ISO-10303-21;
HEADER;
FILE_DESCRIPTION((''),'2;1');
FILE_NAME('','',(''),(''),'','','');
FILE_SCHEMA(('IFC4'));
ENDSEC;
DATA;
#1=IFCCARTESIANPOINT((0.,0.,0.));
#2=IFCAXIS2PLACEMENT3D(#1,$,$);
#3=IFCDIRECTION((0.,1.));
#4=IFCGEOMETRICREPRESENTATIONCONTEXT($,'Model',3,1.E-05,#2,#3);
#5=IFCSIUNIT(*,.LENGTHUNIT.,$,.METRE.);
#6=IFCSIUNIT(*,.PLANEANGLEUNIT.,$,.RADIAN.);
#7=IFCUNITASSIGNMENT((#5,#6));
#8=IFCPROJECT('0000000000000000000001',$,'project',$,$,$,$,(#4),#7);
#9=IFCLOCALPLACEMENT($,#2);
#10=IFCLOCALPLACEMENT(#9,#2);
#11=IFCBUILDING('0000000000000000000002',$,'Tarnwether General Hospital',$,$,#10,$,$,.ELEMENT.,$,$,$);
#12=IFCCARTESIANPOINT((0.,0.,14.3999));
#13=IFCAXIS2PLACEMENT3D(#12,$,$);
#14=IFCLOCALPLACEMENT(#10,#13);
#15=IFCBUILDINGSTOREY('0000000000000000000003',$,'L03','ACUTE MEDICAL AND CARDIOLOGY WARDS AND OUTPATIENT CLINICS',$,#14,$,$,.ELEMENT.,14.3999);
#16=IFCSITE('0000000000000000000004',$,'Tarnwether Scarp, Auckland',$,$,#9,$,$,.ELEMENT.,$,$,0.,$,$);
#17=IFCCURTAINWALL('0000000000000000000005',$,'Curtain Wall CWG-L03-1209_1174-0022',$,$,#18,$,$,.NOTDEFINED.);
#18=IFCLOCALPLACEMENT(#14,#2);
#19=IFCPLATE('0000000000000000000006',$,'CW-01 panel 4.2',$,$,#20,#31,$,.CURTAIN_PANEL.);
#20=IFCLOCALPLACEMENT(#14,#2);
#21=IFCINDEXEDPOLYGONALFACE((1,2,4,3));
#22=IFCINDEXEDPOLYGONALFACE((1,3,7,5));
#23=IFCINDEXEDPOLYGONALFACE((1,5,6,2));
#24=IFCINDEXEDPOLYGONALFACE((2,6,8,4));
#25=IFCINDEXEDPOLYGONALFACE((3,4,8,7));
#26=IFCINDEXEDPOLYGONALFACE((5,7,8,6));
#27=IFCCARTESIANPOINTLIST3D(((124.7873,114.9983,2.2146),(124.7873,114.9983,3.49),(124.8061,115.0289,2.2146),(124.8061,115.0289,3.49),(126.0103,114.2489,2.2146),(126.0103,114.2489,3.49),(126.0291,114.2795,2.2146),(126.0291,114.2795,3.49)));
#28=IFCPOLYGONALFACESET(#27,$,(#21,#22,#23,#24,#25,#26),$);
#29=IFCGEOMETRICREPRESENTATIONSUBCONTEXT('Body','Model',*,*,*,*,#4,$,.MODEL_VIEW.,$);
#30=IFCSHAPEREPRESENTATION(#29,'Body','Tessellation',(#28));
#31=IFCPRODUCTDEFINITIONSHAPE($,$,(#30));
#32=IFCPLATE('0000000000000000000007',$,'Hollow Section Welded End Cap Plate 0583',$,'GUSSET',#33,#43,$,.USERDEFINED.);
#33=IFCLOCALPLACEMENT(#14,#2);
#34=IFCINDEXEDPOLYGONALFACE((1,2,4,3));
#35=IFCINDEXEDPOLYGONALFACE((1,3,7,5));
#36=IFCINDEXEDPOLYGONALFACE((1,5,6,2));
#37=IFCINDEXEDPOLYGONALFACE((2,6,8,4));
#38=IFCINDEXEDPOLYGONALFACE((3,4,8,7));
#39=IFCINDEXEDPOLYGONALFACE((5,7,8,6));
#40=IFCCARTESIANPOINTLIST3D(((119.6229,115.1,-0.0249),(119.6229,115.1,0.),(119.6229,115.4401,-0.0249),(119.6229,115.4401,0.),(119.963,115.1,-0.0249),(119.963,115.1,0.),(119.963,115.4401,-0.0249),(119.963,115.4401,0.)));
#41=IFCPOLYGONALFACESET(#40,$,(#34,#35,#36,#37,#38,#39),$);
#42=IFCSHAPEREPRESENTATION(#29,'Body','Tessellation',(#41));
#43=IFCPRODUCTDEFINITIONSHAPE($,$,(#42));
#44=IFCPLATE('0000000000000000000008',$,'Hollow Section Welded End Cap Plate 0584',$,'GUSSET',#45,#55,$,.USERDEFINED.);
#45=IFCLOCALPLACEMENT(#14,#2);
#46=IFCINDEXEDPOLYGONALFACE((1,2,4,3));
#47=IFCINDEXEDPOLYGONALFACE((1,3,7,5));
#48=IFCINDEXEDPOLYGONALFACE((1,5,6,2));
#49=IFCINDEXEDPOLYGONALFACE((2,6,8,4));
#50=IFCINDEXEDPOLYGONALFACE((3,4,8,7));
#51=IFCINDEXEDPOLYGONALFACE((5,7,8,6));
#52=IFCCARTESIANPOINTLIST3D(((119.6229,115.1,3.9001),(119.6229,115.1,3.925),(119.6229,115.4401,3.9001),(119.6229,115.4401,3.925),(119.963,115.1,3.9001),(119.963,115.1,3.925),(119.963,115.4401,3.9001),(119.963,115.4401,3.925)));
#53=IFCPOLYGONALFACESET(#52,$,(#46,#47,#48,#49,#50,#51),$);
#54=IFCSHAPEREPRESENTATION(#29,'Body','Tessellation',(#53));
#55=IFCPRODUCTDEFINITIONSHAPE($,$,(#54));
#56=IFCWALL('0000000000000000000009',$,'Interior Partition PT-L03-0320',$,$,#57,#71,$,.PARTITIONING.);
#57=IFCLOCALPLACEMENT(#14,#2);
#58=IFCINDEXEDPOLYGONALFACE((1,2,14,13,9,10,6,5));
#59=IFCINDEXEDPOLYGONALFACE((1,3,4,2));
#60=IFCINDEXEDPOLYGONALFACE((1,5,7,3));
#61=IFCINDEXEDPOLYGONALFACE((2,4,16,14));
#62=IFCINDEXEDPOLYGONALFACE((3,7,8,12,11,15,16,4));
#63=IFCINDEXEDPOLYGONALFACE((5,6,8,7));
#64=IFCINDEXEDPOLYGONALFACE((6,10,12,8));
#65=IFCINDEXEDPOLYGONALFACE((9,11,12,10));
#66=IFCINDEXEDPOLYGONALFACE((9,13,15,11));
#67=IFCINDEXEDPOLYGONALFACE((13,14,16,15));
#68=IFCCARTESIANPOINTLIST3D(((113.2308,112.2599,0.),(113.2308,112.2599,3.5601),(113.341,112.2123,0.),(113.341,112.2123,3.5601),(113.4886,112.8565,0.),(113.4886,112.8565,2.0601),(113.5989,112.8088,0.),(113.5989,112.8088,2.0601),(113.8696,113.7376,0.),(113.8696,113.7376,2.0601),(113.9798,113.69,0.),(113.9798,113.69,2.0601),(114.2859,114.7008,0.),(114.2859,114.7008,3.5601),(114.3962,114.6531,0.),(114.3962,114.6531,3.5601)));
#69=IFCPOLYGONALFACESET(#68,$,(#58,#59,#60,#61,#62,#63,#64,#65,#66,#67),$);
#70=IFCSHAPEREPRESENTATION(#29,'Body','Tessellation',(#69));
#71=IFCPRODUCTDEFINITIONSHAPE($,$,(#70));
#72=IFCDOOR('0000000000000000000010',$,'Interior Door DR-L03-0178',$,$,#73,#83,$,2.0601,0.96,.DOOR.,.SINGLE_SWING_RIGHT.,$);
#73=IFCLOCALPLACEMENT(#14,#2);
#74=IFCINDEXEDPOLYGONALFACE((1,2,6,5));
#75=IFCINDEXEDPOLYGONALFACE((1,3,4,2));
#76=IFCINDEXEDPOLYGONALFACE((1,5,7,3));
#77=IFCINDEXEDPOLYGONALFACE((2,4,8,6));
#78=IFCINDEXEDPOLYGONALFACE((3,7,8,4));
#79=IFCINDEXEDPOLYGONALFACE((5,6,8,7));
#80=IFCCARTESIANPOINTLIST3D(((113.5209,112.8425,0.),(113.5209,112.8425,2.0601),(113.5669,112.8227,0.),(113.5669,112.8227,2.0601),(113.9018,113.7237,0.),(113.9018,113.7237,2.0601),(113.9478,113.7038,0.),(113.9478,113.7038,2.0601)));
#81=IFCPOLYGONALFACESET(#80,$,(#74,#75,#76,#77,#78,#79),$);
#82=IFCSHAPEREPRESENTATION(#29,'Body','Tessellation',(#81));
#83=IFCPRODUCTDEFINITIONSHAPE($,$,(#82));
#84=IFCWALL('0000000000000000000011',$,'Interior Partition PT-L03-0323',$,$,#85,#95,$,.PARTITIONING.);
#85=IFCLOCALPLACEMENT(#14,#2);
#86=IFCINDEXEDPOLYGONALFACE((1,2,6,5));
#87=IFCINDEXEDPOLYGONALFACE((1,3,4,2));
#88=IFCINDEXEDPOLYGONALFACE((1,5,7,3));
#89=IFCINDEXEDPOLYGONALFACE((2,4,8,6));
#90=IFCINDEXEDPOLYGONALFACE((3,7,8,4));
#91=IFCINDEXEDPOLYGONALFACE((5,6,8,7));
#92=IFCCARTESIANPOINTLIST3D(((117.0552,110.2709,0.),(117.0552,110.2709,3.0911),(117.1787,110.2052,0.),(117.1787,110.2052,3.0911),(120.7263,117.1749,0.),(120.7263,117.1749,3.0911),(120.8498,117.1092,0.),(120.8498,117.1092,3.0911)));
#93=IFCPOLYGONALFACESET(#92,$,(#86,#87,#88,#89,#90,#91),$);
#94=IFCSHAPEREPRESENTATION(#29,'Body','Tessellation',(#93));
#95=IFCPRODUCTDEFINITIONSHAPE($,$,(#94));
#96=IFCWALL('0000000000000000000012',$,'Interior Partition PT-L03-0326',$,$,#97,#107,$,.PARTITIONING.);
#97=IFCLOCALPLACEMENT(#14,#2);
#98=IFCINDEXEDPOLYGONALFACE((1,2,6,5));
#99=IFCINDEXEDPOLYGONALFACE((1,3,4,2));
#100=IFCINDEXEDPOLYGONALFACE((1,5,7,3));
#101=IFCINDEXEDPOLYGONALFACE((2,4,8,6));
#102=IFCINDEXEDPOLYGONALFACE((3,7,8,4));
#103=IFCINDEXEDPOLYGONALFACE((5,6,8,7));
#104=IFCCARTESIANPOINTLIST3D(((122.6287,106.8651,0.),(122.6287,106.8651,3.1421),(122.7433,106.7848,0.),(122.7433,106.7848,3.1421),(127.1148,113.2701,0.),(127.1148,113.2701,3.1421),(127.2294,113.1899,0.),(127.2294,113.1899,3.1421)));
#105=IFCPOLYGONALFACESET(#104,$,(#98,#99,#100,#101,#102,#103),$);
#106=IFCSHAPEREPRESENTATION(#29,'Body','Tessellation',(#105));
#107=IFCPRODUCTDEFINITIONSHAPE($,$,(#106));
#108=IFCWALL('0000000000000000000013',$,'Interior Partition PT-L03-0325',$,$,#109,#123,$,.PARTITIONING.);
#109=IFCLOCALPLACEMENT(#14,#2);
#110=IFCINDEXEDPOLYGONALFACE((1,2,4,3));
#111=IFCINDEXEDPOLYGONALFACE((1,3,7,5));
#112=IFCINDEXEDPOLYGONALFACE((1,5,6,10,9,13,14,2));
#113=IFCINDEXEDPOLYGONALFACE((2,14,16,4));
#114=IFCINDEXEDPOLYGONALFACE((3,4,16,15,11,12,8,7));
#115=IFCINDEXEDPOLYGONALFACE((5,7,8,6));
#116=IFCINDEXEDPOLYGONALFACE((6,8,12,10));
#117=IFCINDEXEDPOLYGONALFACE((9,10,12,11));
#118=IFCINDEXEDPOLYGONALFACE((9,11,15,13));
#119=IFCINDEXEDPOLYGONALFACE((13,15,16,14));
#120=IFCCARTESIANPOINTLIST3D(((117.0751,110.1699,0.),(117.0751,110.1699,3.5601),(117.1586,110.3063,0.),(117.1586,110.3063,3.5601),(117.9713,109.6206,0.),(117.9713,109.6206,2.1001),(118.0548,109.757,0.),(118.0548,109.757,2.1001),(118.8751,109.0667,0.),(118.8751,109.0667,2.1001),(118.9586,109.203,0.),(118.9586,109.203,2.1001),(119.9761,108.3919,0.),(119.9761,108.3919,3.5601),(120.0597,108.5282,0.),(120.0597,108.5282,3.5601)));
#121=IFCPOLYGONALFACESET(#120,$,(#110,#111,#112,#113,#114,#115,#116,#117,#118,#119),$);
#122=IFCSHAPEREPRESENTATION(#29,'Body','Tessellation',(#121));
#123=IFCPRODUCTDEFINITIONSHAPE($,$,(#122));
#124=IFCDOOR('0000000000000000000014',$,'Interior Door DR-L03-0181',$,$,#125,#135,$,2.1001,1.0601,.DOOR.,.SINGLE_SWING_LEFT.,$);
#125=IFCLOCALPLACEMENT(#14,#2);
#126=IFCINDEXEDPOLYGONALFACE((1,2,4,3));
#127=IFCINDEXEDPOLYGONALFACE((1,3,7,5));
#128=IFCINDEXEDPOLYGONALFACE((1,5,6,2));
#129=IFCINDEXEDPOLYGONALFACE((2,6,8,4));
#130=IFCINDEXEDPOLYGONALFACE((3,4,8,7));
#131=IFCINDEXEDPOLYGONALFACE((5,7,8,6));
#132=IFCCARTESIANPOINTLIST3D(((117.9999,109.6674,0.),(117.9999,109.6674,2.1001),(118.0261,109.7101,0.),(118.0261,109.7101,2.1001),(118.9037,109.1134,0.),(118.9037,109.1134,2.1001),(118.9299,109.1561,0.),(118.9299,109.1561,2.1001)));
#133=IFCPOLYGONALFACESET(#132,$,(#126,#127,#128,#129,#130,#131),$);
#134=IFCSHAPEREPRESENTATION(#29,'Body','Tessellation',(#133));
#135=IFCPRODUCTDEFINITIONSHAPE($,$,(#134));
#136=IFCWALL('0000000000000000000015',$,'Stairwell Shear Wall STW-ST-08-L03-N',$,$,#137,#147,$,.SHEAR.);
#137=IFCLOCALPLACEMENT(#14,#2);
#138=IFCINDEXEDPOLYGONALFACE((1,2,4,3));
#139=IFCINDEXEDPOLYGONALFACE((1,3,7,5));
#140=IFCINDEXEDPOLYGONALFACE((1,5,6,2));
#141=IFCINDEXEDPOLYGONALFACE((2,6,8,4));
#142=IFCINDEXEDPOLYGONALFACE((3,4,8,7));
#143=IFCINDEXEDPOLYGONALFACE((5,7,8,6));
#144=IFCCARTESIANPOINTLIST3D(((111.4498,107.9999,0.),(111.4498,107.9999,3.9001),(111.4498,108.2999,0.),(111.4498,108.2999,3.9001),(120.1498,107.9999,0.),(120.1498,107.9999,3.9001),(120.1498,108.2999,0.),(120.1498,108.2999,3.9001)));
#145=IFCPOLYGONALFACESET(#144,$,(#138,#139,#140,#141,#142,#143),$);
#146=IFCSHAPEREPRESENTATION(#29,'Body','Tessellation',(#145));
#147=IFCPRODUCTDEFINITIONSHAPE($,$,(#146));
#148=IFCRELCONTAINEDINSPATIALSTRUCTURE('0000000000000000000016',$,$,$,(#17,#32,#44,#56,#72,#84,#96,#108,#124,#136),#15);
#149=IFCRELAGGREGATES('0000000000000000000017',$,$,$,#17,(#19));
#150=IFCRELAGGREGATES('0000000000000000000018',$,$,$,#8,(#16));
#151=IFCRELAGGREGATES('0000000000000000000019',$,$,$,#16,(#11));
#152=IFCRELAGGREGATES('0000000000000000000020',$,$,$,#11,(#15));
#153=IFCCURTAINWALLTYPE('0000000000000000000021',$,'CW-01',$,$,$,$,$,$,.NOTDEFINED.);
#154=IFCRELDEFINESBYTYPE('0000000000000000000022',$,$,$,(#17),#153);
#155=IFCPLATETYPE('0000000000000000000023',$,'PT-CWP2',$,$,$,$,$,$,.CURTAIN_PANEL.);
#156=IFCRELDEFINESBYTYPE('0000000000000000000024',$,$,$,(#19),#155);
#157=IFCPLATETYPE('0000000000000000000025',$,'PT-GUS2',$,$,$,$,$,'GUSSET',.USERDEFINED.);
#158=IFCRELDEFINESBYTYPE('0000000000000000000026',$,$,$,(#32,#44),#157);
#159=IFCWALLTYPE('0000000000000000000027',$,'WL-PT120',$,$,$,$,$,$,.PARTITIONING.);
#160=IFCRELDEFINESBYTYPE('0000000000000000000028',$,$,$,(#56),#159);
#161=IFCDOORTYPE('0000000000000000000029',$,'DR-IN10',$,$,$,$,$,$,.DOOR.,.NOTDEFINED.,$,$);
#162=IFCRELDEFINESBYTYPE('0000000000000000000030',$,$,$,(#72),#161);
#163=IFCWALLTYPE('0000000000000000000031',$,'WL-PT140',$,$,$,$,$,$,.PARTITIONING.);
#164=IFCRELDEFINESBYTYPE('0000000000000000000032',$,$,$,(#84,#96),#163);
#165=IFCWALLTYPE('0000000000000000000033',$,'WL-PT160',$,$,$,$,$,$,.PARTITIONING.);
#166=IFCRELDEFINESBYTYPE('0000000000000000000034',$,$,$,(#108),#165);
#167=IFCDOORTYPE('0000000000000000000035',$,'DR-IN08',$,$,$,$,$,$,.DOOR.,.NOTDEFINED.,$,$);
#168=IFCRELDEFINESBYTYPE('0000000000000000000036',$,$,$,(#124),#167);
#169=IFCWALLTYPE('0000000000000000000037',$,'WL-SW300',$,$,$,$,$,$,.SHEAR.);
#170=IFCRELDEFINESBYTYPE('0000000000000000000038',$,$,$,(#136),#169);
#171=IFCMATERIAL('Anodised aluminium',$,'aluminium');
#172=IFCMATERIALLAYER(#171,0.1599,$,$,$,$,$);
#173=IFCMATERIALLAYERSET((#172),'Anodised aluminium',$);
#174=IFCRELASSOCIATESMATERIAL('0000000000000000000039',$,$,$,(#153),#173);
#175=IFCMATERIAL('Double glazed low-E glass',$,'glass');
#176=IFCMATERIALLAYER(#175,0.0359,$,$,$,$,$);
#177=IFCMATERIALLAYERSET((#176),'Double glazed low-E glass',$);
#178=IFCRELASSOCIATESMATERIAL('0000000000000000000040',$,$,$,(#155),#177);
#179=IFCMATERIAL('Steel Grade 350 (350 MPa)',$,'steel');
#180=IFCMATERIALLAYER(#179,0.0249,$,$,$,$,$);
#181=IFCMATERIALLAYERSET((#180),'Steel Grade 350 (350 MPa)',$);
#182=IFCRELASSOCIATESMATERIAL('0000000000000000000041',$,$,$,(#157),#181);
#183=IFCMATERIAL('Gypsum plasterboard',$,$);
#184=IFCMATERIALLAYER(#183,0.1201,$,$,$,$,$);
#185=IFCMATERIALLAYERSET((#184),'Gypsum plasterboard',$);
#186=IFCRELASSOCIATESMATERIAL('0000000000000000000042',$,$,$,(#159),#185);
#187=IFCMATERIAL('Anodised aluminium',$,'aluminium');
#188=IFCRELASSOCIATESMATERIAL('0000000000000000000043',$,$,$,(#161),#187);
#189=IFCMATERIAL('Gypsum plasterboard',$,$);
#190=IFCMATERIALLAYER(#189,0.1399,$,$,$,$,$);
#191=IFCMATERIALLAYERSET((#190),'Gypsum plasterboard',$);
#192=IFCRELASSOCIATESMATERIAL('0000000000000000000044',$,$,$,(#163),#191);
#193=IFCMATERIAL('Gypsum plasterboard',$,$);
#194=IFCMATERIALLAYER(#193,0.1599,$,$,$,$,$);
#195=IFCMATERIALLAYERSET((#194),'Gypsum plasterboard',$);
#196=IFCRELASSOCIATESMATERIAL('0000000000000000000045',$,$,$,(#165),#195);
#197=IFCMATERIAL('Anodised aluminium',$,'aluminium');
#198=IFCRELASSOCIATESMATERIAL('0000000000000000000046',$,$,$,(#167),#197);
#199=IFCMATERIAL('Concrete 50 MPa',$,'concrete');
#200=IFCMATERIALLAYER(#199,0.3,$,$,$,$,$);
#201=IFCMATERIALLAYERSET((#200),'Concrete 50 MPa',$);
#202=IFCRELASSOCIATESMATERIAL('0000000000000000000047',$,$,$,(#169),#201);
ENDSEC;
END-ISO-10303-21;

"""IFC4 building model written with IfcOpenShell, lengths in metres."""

from ifc_helpers import new_model, si_unit, direction, frame, frame_2d, origin, origin_2d, place, context, subcontext, project, spatial, rectangle, extrude, material, layer, layer_set, type_object, element, fill, aggregate, save


model = new_model("IFC4")

# Units and contexts
model_context = context("Model", 3, precision=1e-05, world=origin(), true_north=direction((0.0, 1.0)))
body_context = subcontext(model_context, "Body", "Model", "MODEL_VIEW")
ifc_project = project(units=[si_unit("LENGTHUNIT", "METRE"), si_unit("PLANEANGLEUNIT", "RADIAN")], contexts=[model_context])

# Site, building, storey
site_placement = place(None, origin())
site = spatial("IfcSite", under=ifc_project, at=site_placement, Name="Tarnwether Scarp, Auckland", CompositionType="ELEMENT", RefElevation=0.0)
building_placement = place(site_placement, origin())
building = spatial("IfcBuilding", under=site, at=building_placement, Name="Tarnwether General Hospital", CompositionType="ELEMENT")
storey_placement = place(building_placement, frame((0.0, 0.0, 14.3999)))
storey = spatial("IfcBuildingStorey", under=building, at=storey_placement, Name="L03", Description="ACUTE MEDICAL AND CARDIOLOGY WARDS AND OUTPATIENT CLINICS", CompositionType="ELEMENT", Elevation=14.3999)

# Curtain wall, plate
ifc_material_1 = material(Name="Anodised aluminium", Category="aluminium")
ifc_layer_1 = layer(ifc_material_1, 0.1599)
ifc_layer_set_1 = layer_set([ifc_layer_1], Name="Anodised aluminium")
curtain_wall_type = type_object("IfcCurtainWallType", Name="CW-01", PredefinedType="NOTDEFINED", material=ifc_layer_set_1)
curtain_wall_placement = place(storey_placement, origin())
curtain_wall = element("IfcCurtainWall", 1, at=curtain_wall_placement, inside=storey, type_object=curtain_wall_type, Name="Curtain Wall CWG-L03-1209_1174-0022", PredefinedType="NOTDEFINED")
ifc_material_2 = material(Name="Double glazed low-E glass", Category="glass")
ifc_layer_2 = layer(ifc_material_2, 0.0359)
ifc_layer_set_2 = layer_set([ifc_layer_2], Name="Double glazed low-E glass")
plate_type_1 = type_object("IfcPlateType", Name="PT-CWP2", PredefinedType="CURTAIN_PANEL", material=ifc_layer_set_2)
plate_1_placement = place(storey_placement, frame((125.4082, 114.6389, 2.2146), z_axis=(0.0, 0.0, 1.0), x_axis=(0.852634, -0.522509, 0.0)))
plate_1 = element("IfcPlate", 2, at=plate_1_placement, type_object=plate_type_1, Name="CW-01 panel 4.2", PredefinedType="CURTAIN_PANEL", context=body_context, shape_type="SweptSolid", body=[
    extrude(rectangle(XDim=1.4343, YDim=0.0359, at=origin_2d()), origin(), (0.0, 0.0, 1.0), 1.2754),
])
aggregate(curtain_wall, [plate_1])

# Plates
ifc_material_3 = material(Name="Steel Grade 350 (350 MPa)", Category="steel")
ifc_layer_3 = layer(ifc_material_3, 0.0249)
ifc_layer_set_3 = layer_set([ifc_layer_3], Name="Steel Grade 350 (350 MPa)")
plate_type_2 = type_object("IfcPlateType", Name="PT-GUS2", ElementType="GUSSET", PredefinedType="USERDEFINED", material=ifc_layer_set_3)
for number, where, z_axis, x_axis, name in (
    (3, (119.793, 115.27, -0.0249), (0.0, 0.0, 1.0), (1.0, 0.0, 0.0), "Hollow Section Welded End Cap Plate 0583"),
    (4, (119.793, 115.27, 3.9001), (0.0, 0.0, 1.0), (1.0, 0.0, 0.0), "Hollow Section Welded End Cap Plate 0584"),
):
    element("IfcPlate", number, at=place(storey_placement, frame(where, z_axis=z_axis, x_axis=x_axis)), inside=storey, type_object=plate_type_2, Name=name, ObjectType="GUSSET", PredefinedType="USERDEFINED", context=body_context, shape_type="SweptSolid", body=[
        extrude(rectangle(XDim=0.3401, YDim=0.3401, at=origin_2d()), origin(), (0.0, 0.0, 1.0), 0.0249),
    ])

# Wall, opening, door
ifc_material_4 = material(Name="Gypsum plasterboard")
ifc_layer_4 = layer(ifc_material_4, 0.1201)
ifc_layer_set_4 = layer_set([ifc_layer_4], Name="Gypsum plasterboard")
wall_type_1 = type_object("IfcWallType", Name="WL-PT120", PredefinedType="PARTITIONING", material=ifc_layer_set_4)
wall_1_placement = place(storey_placement, frame((113.2859, 112.2361, 0.0), z_axis=(0.0, 0.0, 1.0), x_axis=(0.396798, 0.917906, 0.0)))
wall_1 = element("IfcWall", 5, at=wall_1_placement, inside=storey, type_object=wall_type_1, Name="Interior Partition PT-L03-0320", PredefinedType="PARTITIONING", context=body_context, shape_type="SweptSolid", body=[
    extrude(rectangle(XDim=2.6592, YDim=0.1201, at=frame_2d((1.3296, 0.0))), origin(), (0.0, 0.0, 1.0), 3.5601),
])
opening_1_placement = place(wall_1_placement, frame((0.6499, 0.0, 0.0)))
opening_1 = element("IfcOpeningElement", 6, at=opening_1_placement, cuts=wall_1, PredefinedType="OPENING", context=body_context, shape_type="SweptSolid", body=[
    extrude(rectangle(XDim=0.96, YDim=2.0601, at=frame_2d((0.48, 1.03))), frame((0.0, 0.0701, 0.0), z_axis=(0.0, -1.0, 0.0), x_axis=(1.0, 0.0, 0.0)), (0.0, 0.0, 1.0), 0.1401),
])
ifc_material_5 = material(Name="Anodised aluminium", Category="aluminium")
door_type_1 = type_object("IfcDoorType", Name="DR-IN10", OperationType="NOTDEFINED", PredefinedType="DOOR", material=ifc_material_5)
door_1_placement = place(opening_1_placement, origin())
door_1 = element("IfcDoor", 7, at=door_1_placement, inside=storey, type_object=door_type_1, Name="Interior Door DR-L03-0178", OperationType="SINGLE_SWING_RIGHT", OverallHeight=2.0601, OverallWidth=0.96, PredefinedType="DOOR", context=body_context, shape_type="SweptSolid", body=[
    extrude(rectangle(XDim=0.96, YDim=2.0601, at=frame_2d((0.48, 1.03))), frame((0.0, 0.0249, 0.0), z_axis=(0.0, -1.0, 0.0), x_axis=(1.0, 0.0, 0.0)), (0.0, 0.0, 1.0), 0.05),
])
fill(opening_1, door_1)

# Walls
ifc_material_6 = material(Name="Gypsum plasterboard")
ifc_layer_5 = layer(ifc_material_6, 0.1399)
ifc_layer_set_5 = layer_set([ifc_layer_5], Name="Gypsum plasterboard")
wall_type_2 = type_object("IfcWallType", Name="WL-PT140", PredefinedType="PARTITIONING", material=ifc_layer_set_5)
wall_2_placement = place(storey_placement, frame((117.1169, 110.238, 0.0), z_axis=(0.0, 0.0, 1.0), x_axis=(0.469491, 0.882937, 0.0)))
element("IfcWall", 8, at=wall_2_placement, inside=storey, type_object=wall_type_2, Name="Interior Partition PT-L03-0323", PredefinedType="PARTITIONING", context=body_context, shape_type="SweptSolid", body=[
    extrude(rectangle(XDim=7.8193, YDim=0.1399, at=frame_2d((3.9097, 0.0))), origin(), (0.0, 0.0, 1.0), 3.0911),
])
wall_3_placement = place(storey_placement, frame((122.686, 106.825, 0.0), z_axis=(0.0, 0.0, 1.0), x_axis=(0.573682, 0.819078, 0.0)))
element("IfcWall", 9, at=wall_3_placement, inside=storey, type_object=wall_type_2, Name="Interior Partition PT-L03-0326", PredefinedType="PARTITIONING", context=body_context, shape_type="SweptSolid", body=[
    extrude(rectangle(XDim=7.8198, YDim=0.1399, at=frame_2d((3.9099, 0.0))), origin(), (0.0, 0.0, 1.0), 3.1421),
])

# Wall, opening, door
ifc_material_7 = material(Name="Gypsum plasterboard")
ifc_layer_6 = layer(ifc_material_7, 0.1599)
ifc_layer_set_6 = layer_set([ifc_layer_6], Name="Gypsum plasterboard")
wall_type_3 = type_object("IfcWallType", Name="WL-PT160", PredefinedType="PARTITIONING", material=ifc_layer_set_6)
wall_4_placement = place(storey_placement, frame((117.1169, 110.238, 0.0), z_axis=(0.0, 0.0, 1.0), x_axis=(0.852605, -0.522555, 0.0)))
wall_4 = element("IfcWall", 10, at=wall_4_placement, inside=storey, type_object=wall_type_3, Name="Interior Partition PT-L03-0325", PredefinedType="PARTITIONING", context=body_context, shape_type="SweptSolid", body=[
    extrude(rectangle(XDim=3.4026, YDim=0.1599, at=frame_2d((1.7012, 0.0))), origin(), (0.0, 0.0, 1.0), 3.5601),
])
opening_2_placement = place(wall_4_placement, frame((1.051, 0.0, 0.0)))
opening_2 = element("IfcOpeningElement", 11, at=opening_2_placement, cuts=wall_4, PredefinedType="OPENING", context=body_context, shape_type="SweptSolid", body=[
    extrude(rectangle(XDim=1.0601, YDim=2.1001, at=frame_2d((0.53, 1.05))), frame((0.0, 0.0898, 0.0), z_axis=(0.0, -1.0, 0.0), x_axis=(1.0, 0.0, 0.0)), (0.0, 0.0, 1.0), 0.1799),
])
ifc_material_8 = material(Name="Anodised aluminium", Category="aluminium")
door_type_2 = type_object("IfcDoorType", Name="DR-IN08", OperationType="NOTDEFINED", PredefinedType="DOOR", material=ifc_material_8)
door_2_placement = place(opening_2_placement, origin())
door_2 = element("IfcDoor", 12, at=door_2_placement, inside=storey, type_object=door_type_2, Name="Interior Door DR-L03-0181", OperationType="SINGLE_SWING_LEFT", OverallHeight=2.1001, OverallWidth=1.0601, PredefinedType="DOOR", context=body_context, shape_type="SweptSolid", body=[
    extrude(rectangle(XDim=1.0601, YDim=2.1001, at=frame_2d((0.53, 1.05))), frame((0.0, 0.0249, 0.0), z_axis=(0.0, -1.0, 0.0), x_axis=(1.0, 0.0, 0.0)), (0.0, 0.0, 1.0), 0.05),
])
fill(opening_2, door_2)

# Wall
ifc_material_9 = material(Name="Concrete 50 MPa", Category="concrete")
ifc_layer_7 = layer(ifc_material_9, 0.3)
ifc_layer_set_7 = layer_set([ifc_layer_7], Name="Concrete 50 MPa")
wall_type_4 = type_object("IfcWallType", Name="WL-SW300", PredefinedType="SHEAR", material=ifc_layer_set_7)
wall_5_placement = place(storey_placement, frame((120.1499, 108.1499, 0.0), z_axis=(0.0, 0.0, 1.0), x_axis=(-1.0, 0.0, 0.0)))
element("IfcWall", 13, at=wall_5_placement, inside=storey, type_object=wall_type_4, Name="Stairwell Shear Wall STW-ST-08-L03-N", PredefinedType="SHEAR", context=body_context, shape_type="SweptSolid", body=[
    extrude(rectangle(XDim=8.7, YDim=0.3, at=frame_2d((4.3501, 0.0))), origin(), (0.0, 0.0, 1.0), 3.9001),
])

save(model, "model.ifc")
